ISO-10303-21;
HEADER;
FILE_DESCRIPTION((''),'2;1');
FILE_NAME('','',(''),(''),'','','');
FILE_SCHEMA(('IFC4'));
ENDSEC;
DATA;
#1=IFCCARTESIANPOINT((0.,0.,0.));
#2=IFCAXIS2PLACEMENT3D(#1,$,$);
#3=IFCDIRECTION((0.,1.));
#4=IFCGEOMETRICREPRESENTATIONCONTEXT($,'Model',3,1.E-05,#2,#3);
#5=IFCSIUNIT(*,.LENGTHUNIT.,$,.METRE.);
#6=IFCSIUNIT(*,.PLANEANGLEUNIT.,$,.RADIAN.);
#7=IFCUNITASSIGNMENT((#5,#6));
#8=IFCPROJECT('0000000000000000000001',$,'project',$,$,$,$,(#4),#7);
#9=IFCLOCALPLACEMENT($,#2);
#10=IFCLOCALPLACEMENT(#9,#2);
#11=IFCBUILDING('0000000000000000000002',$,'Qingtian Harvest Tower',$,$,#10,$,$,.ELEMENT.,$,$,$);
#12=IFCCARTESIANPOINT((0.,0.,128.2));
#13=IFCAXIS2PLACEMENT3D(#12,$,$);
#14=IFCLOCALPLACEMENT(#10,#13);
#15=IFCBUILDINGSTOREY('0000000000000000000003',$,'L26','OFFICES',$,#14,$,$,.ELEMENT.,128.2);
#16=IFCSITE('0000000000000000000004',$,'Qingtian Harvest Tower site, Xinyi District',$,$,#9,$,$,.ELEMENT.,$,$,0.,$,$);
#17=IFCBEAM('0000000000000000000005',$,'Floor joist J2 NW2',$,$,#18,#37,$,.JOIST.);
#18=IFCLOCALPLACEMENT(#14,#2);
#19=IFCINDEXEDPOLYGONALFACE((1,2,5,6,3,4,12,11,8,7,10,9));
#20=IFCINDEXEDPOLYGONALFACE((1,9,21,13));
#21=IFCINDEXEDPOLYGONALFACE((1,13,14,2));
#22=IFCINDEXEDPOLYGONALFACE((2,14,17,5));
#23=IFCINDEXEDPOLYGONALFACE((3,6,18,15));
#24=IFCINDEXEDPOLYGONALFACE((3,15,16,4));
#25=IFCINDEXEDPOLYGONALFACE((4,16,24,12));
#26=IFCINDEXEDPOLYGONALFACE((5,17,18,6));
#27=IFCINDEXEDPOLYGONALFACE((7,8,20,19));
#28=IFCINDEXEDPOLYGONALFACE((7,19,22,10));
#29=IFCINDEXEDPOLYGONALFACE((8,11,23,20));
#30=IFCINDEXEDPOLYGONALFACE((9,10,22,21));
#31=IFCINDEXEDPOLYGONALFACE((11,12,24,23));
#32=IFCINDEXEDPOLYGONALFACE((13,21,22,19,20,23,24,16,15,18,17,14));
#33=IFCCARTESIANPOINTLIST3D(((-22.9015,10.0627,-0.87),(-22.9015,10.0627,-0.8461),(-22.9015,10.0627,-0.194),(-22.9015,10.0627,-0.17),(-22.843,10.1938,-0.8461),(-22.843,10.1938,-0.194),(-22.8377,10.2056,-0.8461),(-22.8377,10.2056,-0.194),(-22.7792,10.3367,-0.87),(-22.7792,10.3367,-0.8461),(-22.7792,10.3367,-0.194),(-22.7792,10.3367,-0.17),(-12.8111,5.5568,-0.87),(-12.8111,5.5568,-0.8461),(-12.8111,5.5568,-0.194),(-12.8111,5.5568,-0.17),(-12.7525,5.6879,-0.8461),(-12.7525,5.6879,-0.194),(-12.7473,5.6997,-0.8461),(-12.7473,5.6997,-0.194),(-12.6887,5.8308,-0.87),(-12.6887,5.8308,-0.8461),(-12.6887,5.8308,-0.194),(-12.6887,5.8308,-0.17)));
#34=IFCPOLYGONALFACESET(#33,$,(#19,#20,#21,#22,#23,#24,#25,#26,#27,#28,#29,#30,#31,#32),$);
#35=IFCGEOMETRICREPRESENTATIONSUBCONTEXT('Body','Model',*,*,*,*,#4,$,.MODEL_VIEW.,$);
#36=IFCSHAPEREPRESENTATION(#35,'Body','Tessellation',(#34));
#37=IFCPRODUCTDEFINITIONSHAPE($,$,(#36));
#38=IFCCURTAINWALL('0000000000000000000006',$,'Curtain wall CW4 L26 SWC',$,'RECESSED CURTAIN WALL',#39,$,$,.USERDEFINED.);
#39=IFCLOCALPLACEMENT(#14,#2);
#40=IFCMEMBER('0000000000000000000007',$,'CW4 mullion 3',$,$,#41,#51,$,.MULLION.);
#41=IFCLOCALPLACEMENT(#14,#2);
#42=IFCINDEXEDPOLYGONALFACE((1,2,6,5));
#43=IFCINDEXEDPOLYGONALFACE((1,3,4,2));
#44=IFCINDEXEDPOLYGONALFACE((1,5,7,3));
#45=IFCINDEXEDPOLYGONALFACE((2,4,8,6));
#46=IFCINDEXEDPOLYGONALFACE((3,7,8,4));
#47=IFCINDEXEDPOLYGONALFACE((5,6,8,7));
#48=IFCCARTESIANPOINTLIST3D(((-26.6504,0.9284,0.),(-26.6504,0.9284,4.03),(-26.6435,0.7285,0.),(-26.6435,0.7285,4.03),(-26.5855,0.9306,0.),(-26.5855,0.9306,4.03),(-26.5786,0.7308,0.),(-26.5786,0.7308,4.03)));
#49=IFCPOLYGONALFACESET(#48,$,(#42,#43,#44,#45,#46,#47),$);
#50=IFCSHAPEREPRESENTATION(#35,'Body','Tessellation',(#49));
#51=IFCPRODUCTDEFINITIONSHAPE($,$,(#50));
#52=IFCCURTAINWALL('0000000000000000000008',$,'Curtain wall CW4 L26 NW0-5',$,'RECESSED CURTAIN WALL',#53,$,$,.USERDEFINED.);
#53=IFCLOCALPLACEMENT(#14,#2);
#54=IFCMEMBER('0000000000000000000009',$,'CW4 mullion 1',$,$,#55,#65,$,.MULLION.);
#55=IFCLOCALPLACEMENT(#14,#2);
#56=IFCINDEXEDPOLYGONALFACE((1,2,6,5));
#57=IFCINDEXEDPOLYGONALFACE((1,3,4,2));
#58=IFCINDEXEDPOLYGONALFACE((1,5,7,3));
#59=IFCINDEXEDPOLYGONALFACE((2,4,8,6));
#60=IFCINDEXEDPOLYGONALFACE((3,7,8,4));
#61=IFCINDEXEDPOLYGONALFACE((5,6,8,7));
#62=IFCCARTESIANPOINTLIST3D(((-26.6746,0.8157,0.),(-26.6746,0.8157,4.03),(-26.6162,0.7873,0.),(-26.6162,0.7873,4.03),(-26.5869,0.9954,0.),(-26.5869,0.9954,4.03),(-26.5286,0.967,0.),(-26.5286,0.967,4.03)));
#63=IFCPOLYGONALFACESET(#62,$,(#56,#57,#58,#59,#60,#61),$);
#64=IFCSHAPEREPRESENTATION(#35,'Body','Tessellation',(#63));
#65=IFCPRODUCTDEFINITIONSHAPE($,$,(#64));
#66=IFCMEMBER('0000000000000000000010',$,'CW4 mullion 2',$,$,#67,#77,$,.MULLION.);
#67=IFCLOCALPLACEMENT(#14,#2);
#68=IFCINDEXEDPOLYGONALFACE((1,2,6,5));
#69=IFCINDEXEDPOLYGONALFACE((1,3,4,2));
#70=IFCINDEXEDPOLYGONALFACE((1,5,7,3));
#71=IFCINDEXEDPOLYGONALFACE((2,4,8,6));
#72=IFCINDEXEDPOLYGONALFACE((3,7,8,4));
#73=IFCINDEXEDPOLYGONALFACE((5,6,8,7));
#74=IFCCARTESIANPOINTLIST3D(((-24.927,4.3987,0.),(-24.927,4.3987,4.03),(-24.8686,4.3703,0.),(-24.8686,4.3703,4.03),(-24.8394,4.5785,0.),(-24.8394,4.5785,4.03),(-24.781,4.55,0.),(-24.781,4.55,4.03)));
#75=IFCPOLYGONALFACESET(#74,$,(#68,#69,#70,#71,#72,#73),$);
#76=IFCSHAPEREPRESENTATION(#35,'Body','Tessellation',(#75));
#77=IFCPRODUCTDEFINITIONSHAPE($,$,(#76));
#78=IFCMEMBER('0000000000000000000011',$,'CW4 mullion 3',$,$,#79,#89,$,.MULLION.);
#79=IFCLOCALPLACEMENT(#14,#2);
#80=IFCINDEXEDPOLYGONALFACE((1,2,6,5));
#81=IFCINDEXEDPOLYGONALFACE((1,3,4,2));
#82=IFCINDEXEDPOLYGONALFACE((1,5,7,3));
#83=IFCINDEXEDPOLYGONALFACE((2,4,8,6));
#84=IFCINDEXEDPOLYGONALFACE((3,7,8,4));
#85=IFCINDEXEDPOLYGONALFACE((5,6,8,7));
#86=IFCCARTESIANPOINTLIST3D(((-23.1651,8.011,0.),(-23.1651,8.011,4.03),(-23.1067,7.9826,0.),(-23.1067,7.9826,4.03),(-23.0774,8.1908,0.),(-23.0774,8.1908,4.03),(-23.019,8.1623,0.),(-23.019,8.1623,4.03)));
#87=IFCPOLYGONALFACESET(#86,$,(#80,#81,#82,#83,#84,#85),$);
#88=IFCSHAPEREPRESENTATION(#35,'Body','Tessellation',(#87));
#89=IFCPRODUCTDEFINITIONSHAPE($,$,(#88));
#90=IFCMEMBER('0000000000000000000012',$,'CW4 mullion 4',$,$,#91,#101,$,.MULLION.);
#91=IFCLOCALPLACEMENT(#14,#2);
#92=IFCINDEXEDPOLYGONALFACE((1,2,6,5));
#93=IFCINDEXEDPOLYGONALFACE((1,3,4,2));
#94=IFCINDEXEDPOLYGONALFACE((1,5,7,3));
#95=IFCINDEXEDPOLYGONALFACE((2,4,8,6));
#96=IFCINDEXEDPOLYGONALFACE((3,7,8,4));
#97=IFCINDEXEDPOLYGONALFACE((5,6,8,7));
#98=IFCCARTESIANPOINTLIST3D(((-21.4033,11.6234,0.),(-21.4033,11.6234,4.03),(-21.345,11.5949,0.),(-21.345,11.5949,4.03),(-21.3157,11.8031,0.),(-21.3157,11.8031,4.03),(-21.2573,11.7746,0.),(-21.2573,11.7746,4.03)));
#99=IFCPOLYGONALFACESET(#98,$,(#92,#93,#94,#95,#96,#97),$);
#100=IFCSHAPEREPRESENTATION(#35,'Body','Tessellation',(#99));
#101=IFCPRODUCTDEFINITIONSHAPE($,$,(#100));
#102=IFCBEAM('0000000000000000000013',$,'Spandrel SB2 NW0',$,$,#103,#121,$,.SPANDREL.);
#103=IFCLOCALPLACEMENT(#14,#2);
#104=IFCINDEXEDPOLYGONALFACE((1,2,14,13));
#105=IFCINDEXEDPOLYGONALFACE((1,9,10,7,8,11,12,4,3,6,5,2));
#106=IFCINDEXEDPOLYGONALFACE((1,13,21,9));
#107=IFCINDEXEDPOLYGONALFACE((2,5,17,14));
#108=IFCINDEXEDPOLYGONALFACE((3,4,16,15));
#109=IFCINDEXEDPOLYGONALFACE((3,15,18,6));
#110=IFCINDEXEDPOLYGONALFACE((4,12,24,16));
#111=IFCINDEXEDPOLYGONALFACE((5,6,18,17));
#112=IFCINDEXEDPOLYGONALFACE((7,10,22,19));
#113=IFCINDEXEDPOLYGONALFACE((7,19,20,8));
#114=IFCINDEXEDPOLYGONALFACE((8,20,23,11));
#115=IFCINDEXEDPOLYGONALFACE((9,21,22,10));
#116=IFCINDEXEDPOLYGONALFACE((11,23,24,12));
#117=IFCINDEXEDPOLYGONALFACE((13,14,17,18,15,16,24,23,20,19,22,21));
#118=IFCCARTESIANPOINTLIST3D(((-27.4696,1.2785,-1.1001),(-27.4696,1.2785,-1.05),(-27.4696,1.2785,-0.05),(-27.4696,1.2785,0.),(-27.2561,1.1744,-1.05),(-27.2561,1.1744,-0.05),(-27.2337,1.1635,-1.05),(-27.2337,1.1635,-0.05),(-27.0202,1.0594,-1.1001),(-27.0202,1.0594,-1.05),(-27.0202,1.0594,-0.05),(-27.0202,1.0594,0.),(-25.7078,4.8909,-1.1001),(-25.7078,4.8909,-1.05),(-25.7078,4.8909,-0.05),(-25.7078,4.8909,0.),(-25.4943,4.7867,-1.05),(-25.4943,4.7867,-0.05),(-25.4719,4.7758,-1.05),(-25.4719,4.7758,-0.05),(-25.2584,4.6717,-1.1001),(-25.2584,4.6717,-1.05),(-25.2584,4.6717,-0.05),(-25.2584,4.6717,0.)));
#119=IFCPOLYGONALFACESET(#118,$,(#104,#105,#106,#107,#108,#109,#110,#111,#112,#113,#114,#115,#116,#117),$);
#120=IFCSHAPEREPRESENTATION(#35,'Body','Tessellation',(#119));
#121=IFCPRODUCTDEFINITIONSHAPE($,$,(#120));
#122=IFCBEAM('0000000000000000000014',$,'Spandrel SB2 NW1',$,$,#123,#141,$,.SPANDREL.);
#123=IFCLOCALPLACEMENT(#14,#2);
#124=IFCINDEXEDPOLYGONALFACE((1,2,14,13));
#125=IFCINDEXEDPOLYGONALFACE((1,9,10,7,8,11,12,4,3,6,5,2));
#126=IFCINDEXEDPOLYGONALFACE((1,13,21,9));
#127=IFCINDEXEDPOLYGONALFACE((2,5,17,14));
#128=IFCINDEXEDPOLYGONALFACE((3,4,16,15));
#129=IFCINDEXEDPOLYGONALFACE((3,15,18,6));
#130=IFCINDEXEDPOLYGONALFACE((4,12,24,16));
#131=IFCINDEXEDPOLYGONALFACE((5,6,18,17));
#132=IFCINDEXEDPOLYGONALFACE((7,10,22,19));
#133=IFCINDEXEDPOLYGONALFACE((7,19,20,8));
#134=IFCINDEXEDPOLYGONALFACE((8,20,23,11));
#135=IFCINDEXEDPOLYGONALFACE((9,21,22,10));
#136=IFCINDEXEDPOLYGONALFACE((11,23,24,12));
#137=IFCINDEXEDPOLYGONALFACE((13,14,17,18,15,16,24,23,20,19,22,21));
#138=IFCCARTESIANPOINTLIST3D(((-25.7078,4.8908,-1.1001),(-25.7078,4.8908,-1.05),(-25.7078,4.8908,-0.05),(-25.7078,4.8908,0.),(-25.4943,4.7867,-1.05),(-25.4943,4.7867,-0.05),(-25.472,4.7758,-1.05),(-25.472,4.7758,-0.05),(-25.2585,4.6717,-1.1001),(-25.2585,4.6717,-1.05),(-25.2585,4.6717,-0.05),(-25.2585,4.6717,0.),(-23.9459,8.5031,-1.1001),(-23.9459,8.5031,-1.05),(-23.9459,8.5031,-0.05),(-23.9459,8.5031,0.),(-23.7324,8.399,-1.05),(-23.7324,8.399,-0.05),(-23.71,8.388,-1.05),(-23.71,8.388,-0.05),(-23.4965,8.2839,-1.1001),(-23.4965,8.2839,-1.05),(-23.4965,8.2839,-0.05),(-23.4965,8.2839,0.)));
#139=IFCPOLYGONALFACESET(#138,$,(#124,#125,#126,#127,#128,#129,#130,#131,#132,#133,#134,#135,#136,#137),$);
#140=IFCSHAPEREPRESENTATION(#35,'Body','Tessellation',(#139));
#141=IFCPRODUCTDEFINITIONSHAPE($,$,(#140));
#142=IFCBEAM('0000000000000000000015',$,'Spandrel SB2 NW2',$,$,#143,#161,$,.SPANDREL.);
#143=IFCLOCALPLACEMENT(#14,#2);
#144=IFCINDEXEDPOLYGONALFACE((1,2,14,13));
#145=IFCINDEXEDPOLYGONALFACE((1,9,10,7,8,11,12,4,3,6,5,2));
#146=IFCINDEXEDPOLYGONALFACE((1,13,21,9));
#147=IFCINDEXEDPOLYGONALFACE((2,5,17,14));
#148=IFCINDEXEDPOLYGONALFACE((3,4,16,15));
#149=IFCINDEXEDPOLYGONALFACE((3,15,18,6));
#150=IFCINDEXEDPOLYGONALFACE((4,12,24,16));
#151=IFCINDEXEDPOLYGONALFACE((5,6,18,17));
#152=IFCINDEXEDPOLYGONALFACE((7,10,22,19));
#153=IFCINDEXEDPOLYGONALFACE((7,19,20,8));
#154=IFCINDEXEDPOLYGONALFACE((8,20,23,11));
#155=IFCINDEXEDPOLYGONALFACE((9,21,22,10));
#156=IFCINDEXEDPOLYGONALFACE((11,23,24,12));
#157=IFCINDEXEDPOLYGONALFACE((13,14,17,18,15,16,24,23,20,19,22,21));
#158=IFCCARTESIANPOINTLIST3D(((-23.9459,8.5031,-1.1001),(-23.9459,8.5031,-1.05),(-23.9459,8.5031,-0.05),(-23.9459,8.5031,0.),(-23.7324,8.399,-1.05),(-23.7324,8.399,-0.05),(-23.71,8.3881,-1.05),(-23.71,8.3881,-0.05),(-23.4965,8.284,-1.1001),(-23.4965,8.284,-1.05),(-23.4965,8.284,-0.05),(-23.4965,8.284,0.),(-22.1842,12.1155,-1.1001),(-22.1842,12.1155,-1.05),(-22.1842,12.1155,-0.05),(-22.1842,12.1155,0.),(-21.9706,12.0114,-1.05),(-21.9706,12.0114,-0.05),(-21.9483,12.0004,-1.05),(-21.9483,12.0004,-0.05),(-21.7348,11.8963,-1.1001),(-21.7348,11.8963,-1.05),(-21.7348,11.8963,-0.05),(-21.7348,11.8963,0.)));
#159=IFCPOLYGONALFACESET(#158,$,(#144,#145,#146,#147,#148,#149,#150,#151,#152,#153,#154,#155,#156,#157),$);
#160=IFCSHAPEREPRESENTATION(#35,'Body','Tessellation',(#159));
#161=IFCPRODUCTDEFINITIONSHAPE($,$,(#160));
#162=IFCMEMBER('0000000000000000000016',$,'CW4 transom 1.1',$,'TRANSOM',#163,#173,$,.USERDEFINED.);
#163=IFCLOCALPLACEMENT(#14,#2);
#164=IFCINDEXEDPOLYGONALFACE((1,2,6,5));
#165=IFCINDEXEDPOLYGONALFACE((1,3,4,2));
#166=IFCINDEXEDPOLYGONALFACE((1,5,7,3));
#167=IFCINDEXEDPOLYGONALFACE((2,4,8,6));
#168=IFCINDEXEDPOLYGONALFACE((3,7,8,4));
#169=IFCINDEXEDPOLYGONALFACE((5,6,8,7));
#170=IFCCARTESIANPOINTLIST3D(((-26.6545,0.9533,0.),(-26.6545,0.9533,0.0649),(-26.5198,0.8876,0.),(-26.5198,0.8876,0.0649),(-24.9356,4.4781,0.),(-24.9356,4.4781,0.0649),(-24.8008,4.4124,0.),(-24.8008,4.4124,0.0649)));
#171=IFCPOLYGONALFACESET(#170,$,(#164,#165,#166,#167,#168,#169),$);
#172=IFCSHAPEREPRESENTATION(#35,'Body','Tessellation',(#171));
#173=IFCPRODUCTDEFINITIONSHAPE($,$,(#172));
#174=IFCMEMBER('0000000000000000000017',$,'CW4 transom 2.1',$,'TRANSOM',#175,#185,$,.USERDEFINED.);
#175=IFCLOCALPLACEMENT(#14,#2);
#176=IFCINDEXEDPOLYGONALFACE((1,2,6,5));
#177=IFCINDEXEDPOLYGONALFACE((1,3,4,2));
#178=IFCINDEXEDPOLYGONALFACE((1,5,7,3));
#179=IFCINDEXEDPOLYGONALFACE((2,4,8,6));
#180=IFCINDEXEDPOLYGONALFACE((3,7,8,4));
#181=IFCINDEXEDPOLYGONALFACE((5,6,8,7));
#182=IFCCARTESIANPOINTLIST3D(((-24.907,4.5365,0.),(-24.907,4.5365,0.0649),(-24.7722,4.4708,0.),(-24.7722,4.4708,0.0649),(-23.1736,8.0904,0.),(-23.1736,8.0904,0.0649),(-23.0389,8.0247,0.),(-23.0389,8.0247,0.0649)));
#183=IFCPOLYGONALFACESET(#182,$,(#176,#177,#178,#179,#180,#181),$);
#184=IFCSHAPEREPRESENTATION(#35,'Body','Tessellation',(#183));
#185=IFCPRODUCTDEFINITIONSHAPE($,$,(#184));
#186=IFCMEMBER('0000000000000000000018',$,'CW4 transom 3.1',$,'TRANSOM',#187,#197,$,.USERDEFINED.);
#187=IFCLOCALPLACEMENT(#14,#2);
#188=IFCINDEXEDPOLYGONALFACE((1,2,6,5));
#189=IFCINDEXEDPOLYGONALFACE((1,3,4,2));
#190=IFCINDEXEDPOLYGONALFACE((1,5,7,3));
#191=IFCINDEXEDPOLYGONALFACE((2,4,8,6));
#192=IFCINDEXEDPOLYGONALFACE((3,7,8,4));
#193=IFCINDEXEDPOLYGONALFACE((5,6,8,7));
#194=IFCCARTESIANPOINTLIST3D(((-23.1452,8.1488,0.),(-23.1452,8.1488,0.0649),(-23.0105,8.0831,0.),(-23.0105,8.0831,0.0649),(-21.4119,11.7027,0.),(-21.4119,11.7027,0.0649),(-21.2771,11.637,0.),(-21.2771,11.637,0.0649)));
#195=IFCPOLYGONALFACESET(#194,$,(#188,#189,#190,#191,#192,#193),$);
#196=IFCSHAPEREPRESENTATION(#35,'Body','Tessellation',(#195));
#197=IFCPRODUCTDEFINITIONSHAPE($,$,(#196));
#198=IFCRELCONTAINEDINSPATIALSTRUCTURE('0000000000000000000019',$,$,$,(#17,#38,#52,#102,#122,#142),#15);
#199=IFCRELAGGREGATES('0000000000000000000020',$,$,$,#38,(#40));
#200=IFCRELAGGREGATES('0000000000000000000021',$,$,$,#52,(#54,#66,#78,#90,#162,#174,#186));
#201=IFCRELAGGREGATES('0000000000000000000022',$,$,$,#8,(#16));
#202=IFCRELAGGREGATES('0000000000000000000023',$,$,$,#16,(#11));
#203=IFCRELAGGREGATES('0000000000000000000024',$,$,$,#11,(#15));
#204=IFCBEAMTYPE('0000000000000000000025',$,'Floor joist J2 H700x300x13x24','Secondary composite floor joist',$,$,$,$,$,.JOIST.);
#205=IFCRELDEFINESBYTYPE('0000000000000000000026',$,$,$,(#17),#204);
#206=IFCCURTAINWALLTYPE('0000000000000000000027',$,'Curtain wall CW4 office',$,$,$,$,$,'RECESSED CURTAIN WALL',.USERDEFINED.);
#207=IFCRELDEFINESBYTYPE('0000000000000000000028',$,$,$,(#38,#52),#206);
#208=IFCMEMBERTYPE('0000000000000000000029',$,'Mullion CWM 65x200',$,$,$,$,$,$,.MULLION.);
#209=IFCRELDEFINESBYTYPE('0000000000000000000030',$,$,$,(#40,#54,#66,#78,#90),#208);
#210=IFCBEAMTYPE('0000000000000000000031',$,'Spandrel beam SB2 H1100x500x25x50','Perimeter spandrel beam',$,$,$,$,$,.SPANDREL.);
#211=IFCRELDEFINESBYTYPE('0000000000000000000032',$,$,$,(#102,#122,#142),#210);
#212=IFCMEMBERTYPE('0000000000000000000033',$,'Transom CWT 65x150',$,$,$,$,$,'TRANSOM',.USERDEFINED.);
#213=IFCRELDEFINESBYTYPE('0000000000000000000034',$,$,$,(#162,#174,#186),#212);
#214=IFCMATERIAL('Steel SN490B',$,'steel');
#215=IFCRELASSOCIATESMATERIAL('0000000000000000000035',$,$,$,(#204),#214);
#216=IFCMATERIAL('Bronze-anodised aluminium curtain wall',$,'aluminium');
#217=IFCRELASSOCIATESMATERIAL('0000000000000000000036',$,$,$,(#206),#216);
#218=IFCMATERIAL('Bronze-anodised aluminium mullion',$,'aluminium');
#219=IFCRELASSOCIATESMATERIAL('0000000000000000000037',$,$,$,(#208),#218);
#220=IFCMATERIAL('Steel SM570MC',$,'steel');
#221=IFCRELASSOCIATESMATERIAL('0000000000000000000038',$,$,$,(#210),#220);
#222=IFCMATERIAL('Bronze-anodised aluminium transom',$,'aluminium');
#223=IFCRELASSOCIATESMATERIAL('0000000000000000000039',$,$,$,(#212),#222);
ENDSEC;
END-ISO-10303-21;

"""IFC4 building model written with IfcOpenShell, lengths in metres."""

from ifc_helpers import new_model, si_unit, direction, frame, origin, origin_2d, place, context, subcontext, project, spatial, rectangle, i_section, extrude, material, material_profile, profile_set, type_object, element, aggregate, save


model = new_model("IFC4")

# Units and contexts
model_context = context("Model", 3, precision=1e-05, world=origin(), true_north=direction((0.0, 1.0)))
body_context = subcontext(model_context, "Body", "Model", "MODEL_VIEW")
ifc_project = project(units=[si_unit("LENGTHUNIT", "METRE"), si_unit("PLANEANGLEUNIT", "RADIAN")], contexts=[model_context])

# Site, building, storey
site_placement = place(None, origin())
site = spatial("IfcSite", under=ifc_project, at=site_placement, Name="Qingtian Harvest Tower site, Xinyi District", CompositionType="ELEMENT", RefElevation=0.0)
building_placement = place(site_placement, origin())
building = spatial("IfcBuilding", under=site, at=building_placement, Name="Qingtian Harvest Tower", CompositionType="ELEMENT")
storey_placement = place(building_placement, frame((0.0, 0.0, 128.2)))
storey = spatial("IfcBuildingStorey", under=building, at=storey_placement, Name="L26", Description="OFFICES", CompositionType="ELEMENT", Elevation=128.2)

# Beam
ifc_material_1 = material(Name="Steel SN490B", Category="steel")
ifc_material_profile_1 = material_profile(ifc_material_1, i_section(OverallWidth=0.3, OverallDepth=0.7, WebThickness=0.0129, FlangeThickness=0.0239, at=origin_2d()), Name="H700x300x13x24")
ifc_profile_set_1 = profile_set([ifc_material_profile_1], Name="Steel SN490B")
beam_type_1 = type_object("IfcBeamType", Name="Floor joist J2 H700x300x13x24", Description="Secondary composite floor joist", PredefinedType="JOIST", material=ifc_profile_set_1)
beam_1_placement = place(storey_placement, frame((-22.8403, 10.1997, -0.52), z_axis=(0.913096, -0.407745, 0.0), x_axis=(0.407745, 0.913096, 0.0)))
element("IfcBeam", 1, at=beam_1_placement, inside=storey, type_object=beam_type_1, Name="Floor joist J2 NW2", PredefinedType="JOIST", context=body_context, shape_type="SweptSolid", body=[
    extrude(i_section(OverallWidth=0.3, OverallDepth=0.7, WebThickness=0.0129, FlangeThickness=0.0239, at=origin_2d()), origin(), (0.0, 0.0, 1.0), 11.0508),
])

# Curtain wall, member
ifc_material_2 = material(Name="Bronze-anodised aluminium curtain wall", Category="aluminium")
curtain_wall_type = type_object("IfcCurtainWallType", Name="Curtain wall CW4 office", ElementType="RECESSED CURTAIN WALL", PredefinedType="USERDEFINED", material=ifc_material_2)
curtain_wall_1_placement = place(storey_placement, origin())
curtain_wall_1 = element("IfcCurtainWall", 2, at=curtain_wall_1_placement, inside=storey, type_object=curtain_wall_type, Name="Curtain wall CW4 L26 SWC", ObjectType="RECESSED CURTAIN WALL", PredefinedType="USERDEFINED")
ifc_material_3 = material(Name="Bronze-anodised aluminium mullion", Category="aluminium")
ifc_material_profile_2 = material_profile(ifc_material_3, rectangle(XDim=0.0649, YDim=0.2, at=origin_2d()), Name="AL 65x200")
ifc_profile_set_2 = profile_set([ifc_material_profile_2], Name="Bronze-anodised aluminium mullion")
member_type_1 = type_object("IfcMemberType", Name="Mullion CWM 65x200", PredefinedType="MULLION", material=ifc_profile_set_2)
member_1_placement = place(storey_placement, frame((-26.6145, 0.8296, 0.0), z_axis=(0.0, 0.0, 1.0), x_axis=(-0.999391, -0.034899, 0.0)))
member_1 = element("IfcMember", 3, at=member_1_placement, type_object=member_type_1, Name="CW4 mullion 3", PredefinedType="MULLION", context=body_context, shape_type="SweptSolid", body=[
    extrude(rectangle(XDim=0.0649, YDim=0.2, at=origin_2d()), origin(), (0.0, 0.0, 1.0), 4.03),
])
aggregate(curtain_wall_1, [member_1])

# Curtain wall, members
curtain_wall_2_placement = place(storey_placement, origin())
curtain_wall_2 = element("IfcCurtainWall", 4, at=curtain_wall_2_placement, inside=storey, type_object=curtain_wall_type, Name="Curtain wall CW4 L26 NW0-5", ObjectType="RECESSED CURTAIN WALL", PredefinedType="USERDEFINED")
member_2_placement = place(storey_placement, frame((-26.6016, 0.8914, 0.0), z_axis=(0.0, 0.0, 1.0), x_axis=(-0.898794, 0.438371, 0.0)))
member_2 = element("IfcMember", 5, at=member_2_placement, type_object=member_type_1, Name="CW4 mullion 1", PredefinedType="MULLION", context=body_context, shape_type="SweptSolid", body=[
    extrude(rectangle(XDim=0.0649, YDim=0.2, at=origin_2d()), origin(), (0.0, 0.0, 1.0), 4.03),
])
member_3_placement = place(storey_placement, frame((-24.854, 4.4744, 0.0), z_axis=(0.0, 0.0, 1.0), x_axis=(-0.898794, 0.438371, 0.0)))
member_3 = element("IfcMember", 6, at=member_3_placement, type_object=member_type_1, Name="CW4 mullion 2", PredefinedType="MULLION", context=body_context, shape_type="SweptSolid", body=[
    extrude(rectangle(XDim=0.0649, YDim=0.2, at=origin_2d()), origin(), (0.0, 0.0, 1.0), 4.03),
])
member_4_placement = place(storey_placement, frame((-23.092, 8.0867, 0.0), z_axis=(0.0, 0.0, 1.0), x_axis=(-0.898794, 0.438371, 0.0)))
member_4 = element("IfcMember", 7, at=member_4_placement, type_object=member_type_1, Name="CW4 mullion 3", PredefinedType="MULLION", context=body_context, shape_type="SweptSolid", body=[
    extrude(rectangle(XDim=0.0649, YDim=0.2, at=origin_2d()), origin(), (0.0, 0.0, 1.0), 4.03),
])
member_5_placement = place(storey_placement, frame((-21.3303, 11.699, 0.0), z_axis=(0.0, 0.0, 1.0), x_axis=(-0.898794, 0.438371, 0.0)))
member_5 = element("IfcMember", 8, at=member_5_placement, type_object=member_type_1, Name="CW4 mullion 4", PredefinedType="MULLION", context=body_context, shape_type="SweptSolid", body=[
    extrude(rectangle(XDim=0.0649, YDim=0.2, at=origin_2d()), origin(), (0.0, 0.0, 1.0), 4.03),
])

# Beams
ifc_material_4 = material(Name="Steel SM570MC", Category="steel")
ifc_material_profile_3 = material_profile(ifc_material_4, i_section(OverallWidth=0.5, OverallDepth=1.1001, WebThickness=0.0249, FlangeThickness=0.05, at=origin_2d()), Name="H1100x500x25x50")
ifc_profile_set_3 = profile_set([ifc_material_profile_3], Name="Steel SM570MC")
beam_type_2 = type_object("IfcBeamType", Name="Spandrel beam SB2 H1100x500x25x50", Description="Perimeter spandrel beam", PredefinedType="SPANDREL", material=ifc_profile_set_3)
for number, where, z_axis, x_axis, name in (
    (9, (-27.2449, 1.1689, -0.55), (0.438347, 0.898806, 0.0), (-0.898806, 0.438347, 0.0), "Spandrel SB2 NW0"),
    (10, (-25.4832, 4.7812, -0.55), (0.438396, 0.898782, 0.0), (-0.898782, 0.438396, 0.0), "Spandrel SB2 NW1"),
    (11, (-23.7212, 8.3936, -0.55), (0.438347, 0.898806, 0.0), (-0.898806, 0.438347, 0.0), "Spandrel SB2 NW2"),
):
    element("IfcBeam", number, at=place(storey_placement, frame(where, z_axis=z_axis, x_axis=x_axis)), inside=storey, type_object=beam_type_2, Name=name, PredefinedType="SPANDREL", context=body_context, shape_type="SweptSolid", body=[
        extrude(i_section(OverallWidth=0.5, OverallDepth=1.1001, WebThickness=0.0249, FlangeThickness=0.05, at=origin_2d()), origin(), (0.0, 0.0, 1.0), 4.019),
    ])

# Members
ifc_material_5 = material(Name="Bronze-anodised aluminium transom", Category="aluminium")
ifc_material_profile_4 = material_profile(ifc_material_5, rectangle(XDim=0.1499, YDim=0.0649, at=origin_2d()), Name="AL 65x150")
ifc_profile_set_4 = profile_set([ifc_material_profile_4], Name="Bronze-anodised aluminium transom")
member_type_2 = type_object("IfcMemberType", Name="Transom CWT 65x150", ElementType="TRANSOM", PredefinedType="USERDEFINED", material=ifc_profile_set_4)
member_6_placement = place(storey_placement, frame((-26.5872, 0.9204, 0.0325), z_axis=(0.438327, 0.898816, 0.0), x_axis=(-0.898816, 0.438327, 0.0)))
member_6 = element("IfcMember", 12, at=member_6_placement, type_object=member_type_2, Name="CW4 transom 1.1", ObjectType="TRANSOM", PredefinedType="USERDEFINED", context=body_context, shape_type="SweptSolid", body=[
    extrude(rectangle(XDim=0.1499, YDim=0.0649, at=origin_2d()), origin(), (0.0, 0.0, 1.0), 3.9216),
])
member_7_placement = place(storey_placement, frame((-24.8396, 4.5037, 0.0325), z_axis=(0.438375, 0.898792, 0.0), x_axis=(-0.898792, 0.438375, 0.0)))
member_7 = element("IfcMember", 13, at=member_7_placement, type_object=member_type_2, Name="CW4 transom 2.1", ObjectType="TRANSOM", PredefinedType="USERDEFINED", context=body_context, shape_type="SweptSolid", body=[
    extrude(rectangle(XDim=0.1499, YDim=0.0649, at=origin_2d()), origin(), (0.0, 0.0, 1.0), 3.9541),
])
member_8_placement = place(storey_placement, frame((-23.0779, 8.116, 0.0325), z_axis=(0.438375, 0.898792, 0.0), x_axis=(-0.898792, 0.438375, 0.0)))
member_8 = element("IfcMember", 14, at=member_8_placement, type_object=member_type_2, Name="CW4 transom 3.1", ObjectType="TRANSOM", PredefinedType="USERDEFINED", context=body_context, shape_type="SweptSolid", body=[
    extrude(rectangle(XDim=0.1499, YDim=0.0649, at=origin_2d()), origin(), (0.0, 0.0, 1.0), 3.9541),
])

aggregate(curtain_wall_2, [member_2, member_3, member_4, member_5, member_6, member_7, member_8])

save(model, "model.ifc")
